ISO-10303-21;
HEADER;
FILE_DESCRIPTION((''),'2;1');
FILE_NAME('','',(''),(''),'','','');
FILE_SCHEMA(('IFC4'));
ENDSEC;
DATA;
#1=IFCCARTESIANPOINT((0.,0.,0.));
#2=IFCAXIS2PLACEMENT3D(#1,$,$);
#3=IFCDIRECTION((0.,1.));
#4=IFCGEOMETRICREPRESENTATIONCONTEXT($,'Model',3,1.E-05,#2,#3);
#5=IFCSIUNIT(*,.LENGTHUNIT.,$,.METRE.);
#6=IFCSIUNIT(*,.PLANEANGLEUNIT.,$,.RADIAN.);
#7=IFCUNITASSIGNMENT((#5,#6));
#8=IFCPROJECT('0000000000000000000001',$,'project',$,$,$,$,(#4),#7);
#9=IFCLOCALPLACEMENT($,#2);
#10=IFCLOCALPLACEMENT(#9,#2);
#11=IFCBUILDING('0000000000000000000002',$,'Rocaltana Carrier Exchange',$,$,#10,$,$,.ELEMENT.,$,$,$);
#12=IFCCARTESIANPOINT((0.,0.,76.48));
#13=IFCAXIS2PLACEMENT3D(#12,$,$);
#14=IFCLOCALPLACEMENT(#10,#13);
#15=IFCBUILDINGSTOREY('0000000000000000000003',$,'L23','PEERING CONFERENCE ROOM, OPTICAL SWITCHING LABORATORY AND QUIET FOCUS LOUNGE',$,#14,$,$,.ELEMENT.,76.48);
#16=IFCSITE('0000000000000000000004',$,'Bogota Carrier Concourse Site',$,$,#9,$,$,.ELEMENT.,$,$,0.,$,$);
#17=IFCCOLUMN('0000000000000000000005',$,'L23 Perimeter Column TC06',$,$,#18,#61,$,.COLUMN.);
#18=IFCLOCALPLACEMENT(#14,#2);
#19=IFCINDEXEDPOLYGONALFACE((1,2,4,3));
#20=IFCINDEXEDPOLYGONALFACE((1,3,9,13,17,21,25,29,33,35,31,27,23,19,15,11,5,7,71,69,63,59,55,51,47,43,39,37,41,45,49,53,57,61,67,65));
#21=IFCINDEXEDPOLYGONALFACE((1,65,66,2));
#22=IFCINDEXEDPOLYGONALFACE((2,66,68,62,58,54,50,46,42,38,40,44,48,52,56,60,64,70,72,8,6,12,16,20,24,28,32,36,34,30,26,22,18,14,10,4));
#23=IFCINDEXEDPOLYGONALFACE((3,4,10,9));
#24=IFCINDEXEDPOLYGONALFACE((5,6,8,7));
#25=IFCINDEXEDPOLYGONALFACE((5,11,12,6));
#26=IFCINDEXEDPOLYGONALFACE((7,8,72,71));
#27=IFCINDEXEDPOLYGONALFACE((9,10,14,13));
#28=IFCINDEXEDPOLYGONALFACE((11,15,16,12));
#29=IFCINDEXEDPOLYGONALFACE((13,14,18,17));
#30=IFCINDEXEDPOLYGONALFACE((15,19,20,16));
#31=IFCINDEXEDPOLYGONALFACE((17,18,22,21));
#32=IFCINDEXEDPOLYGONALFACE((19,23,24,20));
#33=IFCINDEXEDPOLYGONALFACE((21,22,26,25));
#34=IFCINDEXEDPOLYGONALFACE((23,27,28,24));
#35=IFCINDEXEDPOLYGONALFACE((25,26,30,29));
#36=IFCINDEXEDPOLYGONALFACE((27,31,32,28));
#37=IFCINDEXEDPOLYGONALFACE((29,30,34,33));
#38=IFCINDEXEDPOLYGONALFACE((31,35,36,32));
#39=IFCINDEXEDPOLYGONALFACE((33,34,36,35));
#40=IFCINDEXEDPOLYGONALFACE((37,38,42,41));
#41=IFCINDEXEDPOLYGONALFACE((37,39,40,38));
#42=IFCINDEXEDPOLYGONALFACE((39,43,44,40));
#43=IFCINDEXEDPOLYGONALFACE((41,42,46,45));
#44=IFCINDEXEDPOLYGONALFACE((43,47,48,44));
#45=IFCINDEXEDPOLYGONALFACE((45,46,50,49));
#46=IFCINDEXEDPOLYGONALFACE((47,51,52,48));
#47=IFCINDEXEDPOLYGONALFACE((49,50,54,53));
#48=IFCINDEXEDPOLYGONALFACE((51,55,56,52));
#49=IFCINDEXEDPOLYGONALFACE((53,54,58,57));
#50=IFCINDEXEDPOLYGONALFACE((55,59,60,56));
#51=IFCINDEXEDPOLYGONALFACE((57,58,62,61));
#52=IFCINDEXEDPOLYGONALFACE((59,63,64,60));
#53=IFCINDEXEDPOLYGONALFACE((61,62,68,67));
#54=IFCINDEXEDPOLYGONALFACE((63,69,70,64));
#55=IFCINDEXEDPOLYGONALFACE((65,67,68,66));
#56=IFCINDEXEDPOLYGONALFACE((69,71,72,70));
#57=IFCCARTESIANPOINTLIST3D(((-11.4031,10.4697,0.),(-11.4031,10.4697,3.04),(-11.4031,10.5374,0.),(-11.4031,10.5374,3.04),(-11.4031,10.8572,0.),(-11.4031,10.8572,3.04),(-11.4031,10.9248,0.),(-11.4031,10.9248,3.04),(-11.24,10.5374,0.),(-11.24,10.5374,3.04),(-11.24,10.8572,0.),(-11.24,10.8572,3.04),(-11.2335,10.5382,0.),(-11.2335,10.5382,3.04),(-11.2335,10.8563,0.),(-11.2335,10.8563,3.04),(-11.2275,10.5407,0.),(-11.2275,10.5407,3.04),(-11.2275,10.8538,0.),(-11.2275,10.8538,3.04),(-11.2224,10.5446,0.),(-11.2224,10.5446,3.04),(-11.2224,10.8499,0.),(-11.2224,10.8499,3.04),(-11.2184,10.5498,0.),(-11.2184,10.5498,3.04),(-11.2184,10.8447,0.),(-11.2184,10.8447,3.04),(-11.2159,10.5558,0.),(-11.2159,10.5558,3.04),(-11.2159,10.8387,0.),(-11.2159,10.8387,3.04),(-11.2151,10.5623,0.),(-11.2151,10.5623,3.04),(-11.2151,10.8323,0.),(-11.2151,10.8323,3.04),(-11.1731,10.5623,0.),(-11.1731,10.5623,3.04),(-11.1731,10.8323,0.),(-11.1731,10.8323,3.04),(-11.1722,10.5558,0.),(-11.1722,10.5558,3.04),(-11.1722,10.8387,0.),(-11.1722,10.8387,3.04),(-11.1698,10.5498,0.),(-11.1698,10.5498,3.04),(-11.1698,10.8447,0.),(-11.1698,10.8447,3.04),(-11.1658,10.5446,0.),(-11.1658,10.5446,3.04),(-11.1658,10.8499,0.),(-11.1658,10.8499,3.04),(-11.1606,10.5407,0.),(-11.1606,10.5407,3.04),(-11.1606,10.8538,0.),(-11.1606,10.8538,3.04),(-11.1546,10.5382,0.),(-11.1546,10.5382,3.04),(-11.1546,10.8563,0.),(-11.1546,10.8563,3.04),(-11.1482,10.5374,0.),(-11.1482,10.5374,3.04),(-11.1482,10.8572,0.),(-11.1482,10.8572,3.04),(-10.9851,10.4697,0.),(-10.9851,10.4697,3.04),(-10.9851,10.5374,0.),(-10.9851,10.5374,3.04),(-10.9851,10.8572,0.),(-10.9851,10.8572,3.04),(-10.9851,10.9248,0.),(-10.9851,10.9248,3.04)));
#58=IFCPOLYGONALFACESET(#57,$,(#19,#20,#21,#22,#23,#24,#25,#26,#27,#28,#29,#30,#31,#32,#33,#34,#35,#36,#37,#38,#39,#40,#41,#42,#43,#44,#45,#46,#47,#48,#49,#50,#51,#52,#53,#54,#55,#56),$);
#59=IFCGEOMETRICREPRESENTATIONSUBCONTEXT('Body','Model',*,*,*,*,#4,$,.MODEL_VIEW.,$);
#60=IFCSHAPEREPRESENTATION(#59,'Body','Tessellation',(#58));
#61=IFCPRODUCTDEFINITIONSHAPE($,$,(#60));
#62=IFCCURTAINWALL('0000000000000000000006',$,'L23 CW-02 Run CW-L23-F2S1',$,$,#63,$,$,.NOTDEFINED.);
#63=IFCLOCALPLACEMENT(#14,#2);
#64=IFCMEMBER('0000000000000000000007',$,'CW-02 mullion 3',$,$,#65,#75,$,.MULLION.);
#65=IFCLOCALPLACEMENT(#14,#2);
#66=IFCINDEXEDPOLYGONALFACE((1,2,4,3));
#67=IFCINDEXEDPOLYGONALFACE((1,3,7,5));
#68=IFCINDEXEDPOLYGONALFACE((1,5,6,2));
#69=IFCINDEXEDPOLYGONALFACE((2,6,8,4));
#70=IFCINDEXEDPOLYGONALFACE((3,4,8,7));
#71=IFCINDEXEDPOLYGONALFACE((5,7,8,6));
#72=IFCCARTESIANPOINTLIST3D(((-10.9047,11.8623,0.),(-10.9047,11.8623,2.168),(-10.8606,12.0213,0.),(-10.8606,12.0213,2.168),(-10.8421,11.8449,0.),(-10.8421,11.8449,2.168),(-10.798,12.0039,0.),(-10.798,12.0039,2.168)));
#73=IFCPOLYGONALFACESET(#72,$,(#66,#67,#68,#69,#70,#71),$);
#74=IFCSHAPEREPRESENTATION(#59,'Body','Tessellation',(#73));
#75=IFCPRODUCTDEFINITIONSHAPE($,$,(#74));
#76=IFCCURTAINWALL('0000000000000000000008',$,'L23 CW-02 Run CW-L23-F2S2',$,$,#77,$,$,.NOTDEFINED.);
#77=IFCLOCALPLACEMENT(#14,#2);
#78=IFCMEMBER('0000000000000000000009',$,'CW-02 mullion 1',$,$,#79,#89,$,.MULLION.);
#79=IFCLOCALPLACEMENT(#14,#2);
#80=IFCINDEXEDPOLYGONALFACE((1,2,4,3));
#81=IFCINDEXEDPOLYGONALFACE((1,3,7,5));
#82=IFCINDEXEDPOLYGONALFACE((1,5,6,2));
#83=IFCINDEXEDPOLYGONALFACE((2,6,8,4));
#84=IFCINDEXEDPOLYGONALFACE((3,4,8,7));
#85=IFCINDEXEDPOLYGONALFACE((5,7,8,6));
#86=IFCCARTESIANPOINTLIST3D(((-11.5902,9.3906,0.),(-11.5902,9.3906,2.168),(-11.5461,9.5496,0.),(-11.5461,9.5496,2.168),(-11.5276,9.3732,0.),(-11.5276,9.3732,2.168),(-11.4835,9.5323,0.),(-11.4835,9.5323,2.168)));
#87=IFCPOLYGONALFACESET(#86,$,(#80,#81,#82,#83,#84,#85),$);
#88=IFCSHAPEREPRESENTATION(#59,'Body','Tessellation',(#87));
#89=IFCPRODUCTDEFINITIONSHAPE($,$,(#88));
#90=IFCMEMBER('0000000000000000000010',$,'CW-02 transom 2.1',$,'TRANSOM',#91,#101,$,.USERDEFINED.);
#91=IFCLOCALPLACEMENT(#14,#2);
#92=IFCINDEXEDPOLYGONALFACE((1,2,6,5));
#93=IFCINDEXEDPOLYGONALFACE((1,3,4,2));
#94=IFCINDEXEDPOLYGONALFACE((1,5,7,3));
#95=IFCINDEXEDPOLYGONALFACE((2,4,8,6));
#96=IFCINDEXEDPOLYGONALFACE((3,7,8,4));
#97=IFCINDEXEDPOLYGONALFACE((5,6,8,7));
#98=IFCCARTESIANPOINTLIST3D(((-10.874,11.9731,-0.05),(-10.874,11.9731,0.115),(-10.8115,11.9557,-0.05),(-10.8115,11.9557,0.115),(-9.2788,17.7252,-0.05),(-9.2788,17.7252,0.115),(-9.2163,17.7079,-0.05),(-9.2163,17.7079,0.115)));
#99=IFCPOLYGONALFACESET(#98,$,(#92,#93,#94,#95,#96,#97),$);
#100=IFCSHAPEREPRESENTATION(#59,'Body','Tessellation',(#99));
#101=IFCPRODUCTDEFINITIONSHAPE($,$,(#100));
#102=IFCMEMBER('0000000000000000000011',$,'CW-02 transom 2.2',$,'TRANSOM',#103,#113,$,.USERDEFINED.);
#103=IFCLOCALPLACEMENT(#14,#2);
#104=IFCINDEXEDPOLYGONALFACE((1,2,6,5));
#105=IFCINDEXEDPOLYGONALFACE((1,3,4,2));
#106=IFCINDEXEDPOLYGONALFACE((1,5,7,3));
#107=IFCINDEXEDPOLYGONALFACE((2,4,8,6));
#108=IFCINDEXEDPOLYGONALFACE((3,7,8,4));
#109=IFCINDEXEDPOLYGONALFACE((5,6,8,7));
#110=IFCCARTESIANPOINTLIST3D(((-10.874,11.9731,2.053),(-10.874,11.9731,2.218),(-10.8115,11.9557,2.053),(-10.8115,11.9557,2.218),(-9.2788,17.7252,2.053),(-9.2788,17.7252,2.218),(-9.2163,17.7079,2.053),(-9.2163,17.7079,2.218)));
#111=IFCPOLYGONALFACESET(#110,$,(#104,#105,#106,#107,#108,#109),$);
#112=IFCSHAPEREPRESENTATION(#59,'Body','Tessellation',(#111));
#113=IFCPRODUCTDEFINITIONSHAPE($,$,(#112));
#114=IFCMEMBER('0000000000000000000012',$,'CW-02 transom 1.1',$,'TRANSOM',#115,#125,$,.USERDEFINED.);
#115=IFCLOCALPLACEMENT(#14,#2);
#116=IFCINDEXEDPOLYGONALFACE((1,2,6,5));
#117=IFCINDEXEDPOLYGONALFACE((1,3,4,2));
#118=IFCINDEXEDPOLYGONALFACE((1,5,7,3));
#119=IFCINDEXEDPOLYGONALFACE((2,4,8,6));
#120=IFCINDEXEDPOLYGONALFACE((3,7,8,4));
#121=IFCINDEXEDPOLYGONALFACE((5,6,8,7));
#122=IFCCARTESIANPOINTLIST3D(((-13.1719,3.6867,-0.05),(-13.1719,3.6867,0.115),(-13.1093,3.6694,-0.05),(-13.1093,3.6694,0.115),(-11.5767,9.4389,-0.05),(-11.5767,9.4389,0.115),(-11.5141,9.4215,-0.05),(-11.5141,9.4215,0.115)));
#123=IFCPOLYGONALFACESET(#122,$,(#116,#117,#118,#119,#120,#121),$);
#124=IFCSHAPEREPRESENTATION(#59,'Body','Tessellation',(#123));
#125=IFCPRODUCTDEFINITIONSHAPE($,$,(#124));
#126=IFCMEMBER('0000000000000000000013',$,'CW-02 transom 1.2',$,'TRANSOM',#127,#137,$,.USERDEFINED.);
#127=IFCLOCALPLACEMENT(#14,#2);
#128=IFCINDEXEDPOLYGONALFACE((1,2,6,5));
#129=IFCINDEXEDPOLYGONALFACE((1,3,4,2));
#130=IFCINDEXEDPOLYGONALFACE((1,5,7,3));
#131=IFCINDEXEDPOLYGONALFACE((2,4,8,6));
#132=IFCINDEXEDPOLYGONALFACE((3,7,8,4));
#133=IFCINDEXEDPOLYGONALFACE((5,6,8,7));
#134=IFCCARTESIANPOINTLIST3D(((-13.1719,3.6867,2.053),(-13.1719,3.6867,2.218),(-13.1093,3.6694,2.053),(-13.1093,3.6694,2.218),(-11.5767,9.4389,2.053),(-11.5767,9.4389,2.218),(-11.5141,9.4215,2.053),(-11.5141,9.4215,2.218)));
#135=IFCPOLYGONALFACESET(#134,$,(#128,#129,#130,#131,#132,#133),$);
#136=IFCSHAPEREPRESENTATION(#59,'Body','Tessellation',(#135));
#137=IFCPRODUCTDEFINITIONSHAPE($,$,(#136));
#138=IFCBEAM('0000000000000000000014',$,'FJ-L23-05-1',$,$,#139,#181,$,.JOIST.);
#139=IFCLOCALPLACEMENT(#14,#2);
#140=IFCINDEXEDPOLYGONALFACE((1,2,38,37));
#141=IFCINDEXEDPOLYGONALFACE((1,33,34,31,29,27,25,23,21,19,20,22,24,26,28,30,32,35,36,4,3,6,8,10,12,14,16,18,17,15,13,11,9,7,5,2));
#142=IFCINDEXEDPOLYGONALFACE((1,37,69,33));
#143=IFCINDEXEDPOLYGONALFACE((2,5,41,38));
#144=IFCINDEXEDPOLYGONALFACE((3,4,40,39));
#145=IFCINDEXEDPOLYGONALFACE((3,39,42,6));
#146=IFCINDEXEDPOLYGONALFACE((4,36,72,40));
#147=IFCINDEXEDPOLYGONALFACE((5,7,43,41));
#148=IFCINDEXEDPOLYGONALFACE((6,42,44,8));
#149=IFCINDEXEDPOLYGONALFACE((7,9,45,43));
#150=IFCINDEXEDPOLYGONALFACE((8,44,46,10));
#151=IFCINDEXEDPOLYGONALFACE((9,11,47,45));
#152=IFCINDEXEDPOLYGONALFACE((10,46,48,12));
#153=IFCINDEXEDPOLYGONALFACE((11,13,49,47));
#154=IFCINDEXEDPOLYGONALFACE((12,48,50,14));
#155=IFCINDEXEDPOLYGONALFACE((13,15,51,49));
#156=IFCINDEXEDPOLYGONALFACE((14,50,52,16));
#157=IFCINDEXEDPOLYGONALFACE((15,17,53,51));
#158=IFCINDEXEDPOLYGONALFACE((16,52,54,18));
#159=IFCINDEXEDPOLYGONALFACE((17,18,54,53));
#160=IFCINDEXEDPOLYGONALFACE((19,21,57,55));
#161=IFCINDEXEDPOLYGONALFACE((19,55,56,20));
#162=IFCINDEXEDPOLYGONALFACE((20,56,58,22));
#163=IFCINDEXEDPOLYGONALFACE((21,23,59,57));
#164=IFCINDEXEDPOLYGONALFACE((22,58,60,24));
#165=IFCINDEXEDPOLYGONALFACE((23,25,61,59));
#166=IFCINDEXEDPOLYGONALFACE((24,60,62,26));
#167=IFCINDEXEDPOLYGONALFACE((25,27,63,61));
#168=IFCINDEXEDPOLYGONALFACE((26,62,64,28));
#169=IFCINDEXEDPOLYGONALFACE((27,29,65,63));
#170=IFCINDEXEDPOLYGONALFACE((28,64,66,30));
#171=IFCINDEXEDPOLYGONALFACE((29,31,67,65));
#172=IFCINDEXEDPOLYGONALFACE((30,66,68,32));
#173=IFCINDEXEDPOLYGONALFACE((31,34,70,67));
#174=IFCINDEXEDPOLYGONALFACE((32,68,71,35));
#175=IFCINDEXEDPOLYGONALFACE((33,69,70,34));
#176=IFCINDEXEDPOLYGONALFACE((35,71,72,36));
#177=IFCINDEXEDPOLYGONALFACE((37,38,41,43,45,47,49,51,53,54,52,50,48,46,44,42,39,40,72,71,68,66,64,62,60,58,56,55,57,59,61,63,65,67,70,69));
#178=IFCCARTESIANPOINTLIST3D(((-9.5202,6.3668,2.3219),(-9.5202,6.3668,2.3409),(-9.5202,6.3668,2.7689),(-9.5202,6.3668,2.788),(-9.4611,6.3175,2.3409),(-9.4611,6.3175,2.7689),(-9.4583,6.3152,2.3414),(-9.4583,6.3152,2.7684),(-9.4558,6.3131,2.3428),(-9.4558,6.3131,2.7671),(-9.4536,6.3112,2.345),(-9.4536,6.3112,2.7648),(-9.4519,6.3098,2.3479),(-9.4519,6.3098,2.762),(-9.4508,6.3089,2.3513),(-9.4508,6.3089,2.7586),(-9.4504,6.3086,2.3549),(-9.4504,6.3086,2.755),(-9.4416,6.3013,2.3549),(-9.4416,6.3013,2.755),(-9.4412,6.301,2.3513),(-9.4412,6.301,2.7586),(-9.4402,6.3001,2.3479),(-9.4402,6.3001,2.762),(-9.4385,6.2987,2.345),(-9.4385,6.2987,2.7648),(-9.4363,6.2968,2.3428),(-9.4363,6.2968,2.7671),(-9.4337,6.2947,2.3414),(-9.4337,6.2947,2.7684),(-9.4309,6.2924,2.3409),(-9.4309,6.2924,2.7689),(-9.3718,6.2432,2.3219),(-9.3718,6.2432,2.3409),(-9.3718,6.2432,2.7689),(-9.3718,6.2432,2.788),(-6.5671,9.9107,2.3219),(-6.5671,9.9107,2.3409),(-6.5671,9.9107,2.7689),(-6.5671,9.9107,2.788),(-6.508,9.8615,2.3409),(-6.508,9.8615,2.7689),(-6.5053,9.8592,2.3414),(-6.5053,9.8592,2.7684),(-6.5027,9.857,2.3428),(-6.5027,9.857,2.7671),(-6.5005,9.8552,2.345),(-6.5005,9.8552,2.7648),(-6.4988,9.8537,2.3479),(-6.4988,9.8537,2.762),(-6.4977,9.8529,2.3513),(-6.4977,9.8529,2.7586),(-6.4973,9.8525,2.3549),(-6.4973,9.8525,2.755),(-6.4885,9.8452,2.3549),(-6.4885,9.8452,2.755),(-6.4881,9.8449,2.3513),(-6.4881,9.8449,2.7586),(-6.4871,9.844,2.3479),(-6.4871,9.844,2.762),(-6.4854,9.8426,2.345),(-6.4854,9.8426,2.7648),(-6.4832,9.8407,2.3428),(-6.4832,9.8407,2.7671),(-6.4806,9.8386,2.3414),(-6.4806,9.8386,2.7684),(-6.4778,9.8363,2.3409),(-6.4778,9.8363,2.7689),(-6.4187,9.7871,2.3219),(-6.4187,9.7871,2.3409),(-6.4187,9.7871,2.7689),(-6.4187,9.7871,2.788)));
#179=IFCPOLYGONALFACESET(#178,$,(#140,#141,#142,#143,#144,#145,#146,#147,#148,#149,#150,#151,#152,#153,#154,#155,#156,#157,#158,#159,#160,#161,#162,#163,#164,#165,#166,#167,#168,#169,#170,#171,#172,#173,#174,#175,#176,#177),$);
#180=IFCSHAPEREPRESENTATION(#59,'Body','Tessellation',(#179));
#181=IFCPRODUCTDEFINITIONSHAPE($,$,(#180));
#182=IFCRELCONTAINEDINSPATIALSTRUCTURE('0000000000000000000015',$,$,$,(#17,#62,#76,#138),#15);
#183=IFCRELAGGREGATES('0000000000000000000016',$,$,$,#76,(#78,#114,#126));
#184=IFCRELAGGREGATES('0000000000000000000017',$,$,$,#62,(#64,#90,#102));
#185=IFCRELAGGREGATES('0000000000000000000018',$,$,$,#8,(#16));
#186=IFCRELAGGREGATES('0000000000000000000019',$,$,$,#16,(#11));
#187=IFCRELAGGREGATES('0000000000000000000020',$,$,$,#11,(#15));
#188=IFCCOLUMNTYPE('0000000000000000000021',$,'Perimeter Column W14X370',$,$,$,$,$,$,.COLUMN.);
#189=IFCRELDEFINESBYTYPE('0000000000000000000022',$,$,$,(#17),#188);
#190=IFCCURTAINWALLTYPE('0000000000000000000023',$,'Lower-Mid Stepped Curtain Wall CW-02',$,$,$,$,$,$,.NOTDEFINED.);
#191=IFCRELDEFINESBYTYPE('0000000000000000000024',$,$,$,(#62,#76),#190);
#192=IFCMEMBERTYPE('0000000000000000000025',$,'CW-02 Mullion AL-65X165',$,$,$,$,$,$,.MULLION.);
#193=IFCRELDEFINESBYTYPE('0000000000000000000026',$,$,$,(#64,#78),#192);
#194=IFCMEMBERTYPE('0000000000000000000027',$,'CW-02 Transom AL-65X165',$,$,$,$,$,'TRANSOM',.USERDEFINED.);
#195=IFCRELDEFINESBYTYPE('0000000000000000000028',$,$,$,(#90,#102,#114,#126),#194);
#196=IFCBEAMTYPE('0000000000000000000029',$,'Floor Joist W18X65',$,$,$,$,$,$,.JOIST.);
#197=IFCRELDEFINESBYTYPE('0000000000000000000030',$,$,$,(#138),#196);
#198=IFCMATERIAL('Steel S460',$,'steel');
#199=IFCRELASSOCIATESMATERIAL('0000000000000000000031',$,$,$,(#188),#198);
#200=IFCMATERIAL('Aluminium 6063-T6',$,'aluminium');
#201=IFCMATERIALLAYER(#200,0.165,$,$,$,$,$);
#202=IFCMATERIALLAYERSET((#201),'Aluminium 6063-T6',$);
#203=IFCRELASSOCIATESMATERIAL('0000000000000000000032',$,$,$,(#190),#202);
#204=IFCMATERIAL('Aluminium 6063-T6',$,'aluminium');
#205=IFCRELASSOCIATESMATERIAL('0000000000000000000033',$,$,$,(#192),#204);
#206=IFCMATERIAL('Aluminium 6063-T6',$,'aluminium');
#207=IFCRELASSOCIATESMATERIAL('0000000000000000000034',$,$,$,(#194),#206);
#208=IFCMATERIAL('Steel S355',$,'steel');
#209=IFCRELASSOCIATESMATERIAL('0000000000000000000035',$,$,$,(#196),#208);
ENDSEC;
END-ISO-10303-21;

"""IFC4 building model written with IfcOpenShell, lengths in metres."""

from ifc_helpers import new_model, si_unit, direction, frame, origin, origin_2d, place, context, subcontext, project, spatial, rectangle, i_section, extrude, material, layer, layer_set, material_profile, profile_set, type_object, element, aggregate, save


model = new_model("IFC4")

# Units and contexts
model_context = context("Model", 3, precision=1e-05, world=origin(), true_north=direction((0.0, 1.0)))
body_context = subcontext(model_context, "Body", "Model", "MODEL_VIEW")
ifc_project = project(units=[si_unit("LENGTHUNIT", "METRE"), si_unit("PLANEANGLEUNIT", "RADIAN")], contexts=[model_context])

# Site, building, storey
site_placement = place(None, origin())
site = spatial("IfcSite", under=ifc_project, at=site_placement, Name="Bogota Carrier Concourse Site", CompositionType="ELEMENT", RefElevation=0.0)
building_placement = place(site_placement, origin())
building = spatial("IfcBuilding", under=site, at=building_placement, Name="Rocaltana Carrier Exchange", CompositionType="ELEMENT")
storey_placement = place(building_placement, frame((0.0, 0.0, 76.48)))
storey = spatial("IfcBuildingStorey", under=building, at=storey_placement, Name="L23", Description="PEERING CONFERENCE ROOM, OPTICAL SWITCHING LABORATORY AND QUIET FOCUS LOUNGE", CompositionType="ELEMENT", Elevation=76.48)

# Column
ifc_material_1 = material(Name="Steel S460", Category="steel")
ifc_material_profile_1 = material_profile(ifc_material_1, i_section(OverallWidth=0.418, OverallDepth=0.4551, WebThickness=0.042, FlangeThickness=0.0676, FilletRadius=0.0249, at=origin_2d()), Name="W14X370")
ifc_profile_set_1 = profile_set([ifc_material_profile_1], Name="Steel S460")
column_type = type_object("IfcColumnType", Name="Perimeter Column W14X370", PredefinedType="COLUMN", material=ifc_profile_set_1)
column_placement = place(storey_placement, frame((-11.1941, 10.6973, 0.0), z_axis=(0.0, 0.0, 1.0), x_axis=(1.0, 0.0, 0.0)))
element("IfcColumn", 1, at=column_placement, inside=storey, type_object=column_type, Name="L23 Perimeter Column TC06", PredefinedType="COLUMN", context=body_context, shape_type="SweptSolid", body=[
    extrude(i_section(OverallWidth=0.418, OverallDepth=0.4551, WebThickness=0.042, FlangeThickness=0.0676, FilletRadius=0.0249, at=origin_2d()), origin(), (0.0, 0.0, 1.0), 3.04),
])

# Curtain walls, members
ifc_material_2 = material(Name="Aluminium 6063-T6", Category="aluminium")
ifc_layer_1 = layer(ifc_material_2, 0.165)
ifc_layer_set_1 = layer_set([ifc_layer_1], Name="Aluminium 6063-T6")
curtain_wall_type = type_object("IfcCurtainWallType", Name="Lower-Mid Stepped Curtain Wall CW-02", PredefinedType="NOTDEFINED", material=ifc_layer_set_1)
curtain_wall_1_placement = place(storey_placement, origin())
curtain_wall_1 = element("IfcCurtainWall", 2, at=curtain_wall_1_placement, inside=storey, type_object=curtain_wall_type, Name="L23 CW-02 Run CW-L23-F2S1", PredefinedType="NOTDEFINED")
ifc_material_3 = material(Name="Aluminium 6063-T6", Category="aluminium")
ifc_material_profile_2 = material_profile(ifc_material_3, rectangle(XDim=0.0649, YDim=0.165, at=origin_2d()), Name="AL-65X165")
ifc_profile_set_2 = profile_set([ifc_material_profile_2], Name="Aluminium 6063-T6")
member_type_1 = type_object("IfcMemberType", Name="CW-02 Mullion AL-65X165", PredefinedType="MULLION", material=ifc_profile_set_2)
member_1_placement = place(storey_placement, frame((-10.8513, 11.9331, 0.0), z_axis=(0.0, 0.0, 1.0), x_axis=(0.963628, -0.267246, 0.0)))
member_1 = element("IfcMember", 3, at=member_1_placement, type_object=member_type_1, Name="CW-02 mullion 3", PredefinedType="MULLION", context=body_context, shape_type="SweptSolid", body=[
    extrude(rectangle(XDim=0.0649, YDim=0.165, at=origin_2d()), origin(), (0.0, 0.0, 1.0), 2.168),
])
curtain_wall_2_placement = place(storey_placement, origin())
curtain_wall_2 = element("IfcCurtainWall", 4, at=curtain_wall_2_placement, inside=storey, type_object=curtain_wall_type, Name="L23 CW-02 Run CW-L23-F2S2", PredefinedType="NOTDEFINED")
member_2_placement = place(storey_placement, frame((-11.5369, 9.4614, 0.0), z_axis=(0.0, 0.0, 1.0), x_axis=(0.963631, -0.267238, 0.0)))
member_2 = element("IfcMember", 5, at=member_2_placement, type_object=member_type_1, Name="CW-02 mullion 1", PredefinedType="MULLION", context=body_context, shape_type="SweptSolid", body=[
    extrude(rectangle(XDim=0.0649, YDim=0.165, at=origin_2d()), origin(), (0.0, 0.0, 1.0), 2.168),
])

# Members
ifc_material_4 = material(Name="Aluminium 6063-T6", Category="aluminium")
ifc_material_profile_3 = material_profile(ifc_material_4, rectangle(XDim=0.0649, YDim=0.165, at=origin_2d()), Name="AL-65X165")
ifc_profile_set_3 = profile_set([ifc_material_profile_3], Name="Aluminium 6063-T6")
member_type_2 = type_object("IfcMemberType", Name="CW-02 Transom AL-65X165", ElementType="TRANSOM", PredefinedType="USERDEFINED", material=ifc_profile_set_3)
member_3_placement = place(storey_placement, frame((-9.2476, 17.7166, 0.0325), z_axis=(-0.267237, -0.963631, 0.0), x_axis=(0.963631, -0.267237, 0.0)))
member_3 = element("IfcMember", 6, at=member_3_placement, type_object=member_type_2, Name="CW-02 transom 2.1", ObjectType="TRANSOM", PredefinedType="USERDEFINED", context=body_context, shape_type="SweptSolid", body=[
    extrude(rectangle(XDim=0.0649, YDim=0.165, at=origin_2d()), origin(), (0.0, 0.0, 1.0), 5.9692),
])
member_4_placement = place(storey_placement, frame((-9.2476, 17.7166, 2.1355), z_axis=(-0.267237, -0.963631, 0.0), x_axis=(0.963631, -0.267237, 0.0)))
member_4 = element("IfcMember", 7, at=member_4_placement, type_object=member_type_2, Name="CW-02 transom 2.2", ObjectType="TRANSOM", PredefinedType="USERDEFINED", context=body_context, shape_type="SweptSolid", body=[
    extrude(rectangle(XDim=0.0649, YDim=0.165, at=origin_2d()), origin(), (0.0, 0.0, 1.0), 5.9692),
])
member_5_placement = place(storey_placement, frame((-11.5454, 9.4302, 0.0325), z_axis=(-0.267237, -0.963631, 0.0), x_axis=(0.963631, -0.267237, 0.0)))
member_5 = element("IfcMember", 8, at=member_5_placement, type_object=member_type_2, Name="CW-02 transom 1.1", ObjectType="TRANSOM", PredefinedType="USERDEFINED", context=body_context, shape_type="SweptSolid", body=[
    extrude(rectangle(XDim=0.0649, YDim=0.165, at=origin_2d()), origin(), (0.0, 0.0, 1.0), 5.9692),
])
member_6_placement = place(storey_placement, frame((-11.5454, 9.4302, 2.1355), z_axis=(-0.267237, -0.963631, 0.0), x_axis=(0.963631, -0.267237, 0.0)))
member_6 = element("IfcMember", 9, at=member_6_placement, type_object=member_type_2, Name="CW-02 transom 1.2", ObjectType="TRANSOM", PredefinedType="USERDEFINED", context=body_context, shape_type="SweptSolid", body=[
    extrude(rectangle(XDim=0.0649, YDim=0.165, at=origin_2d()), origin(), (0.0, 0.0, 1.0), 5.9692),
])
aggregate(curtain_wall_2, [member_2, member_5, member_6])

# Beam
ifc_material_5 = material(Name="Steel S355", Category="steel")
ifc_material_profile_4 = material_profile(ifc_material_5, i_section(OverallWidth=0.1931, OverallDepth=0.4661, WebThickness=0.0115, FlangeThickness=0.019, FilletRadius=0.0139, at=origin_2d()), Name="W18X65")
ifc_profile_set_4 = profile_set([ifc_material_profile_4], Name="Steel S355")
beam_type_1 = type_object("IfcBeamType", Name="Floor Joist W18X65", PredefinedType="JOIST", material=ifc_profile_set_4)
beam_1_placement = place(storey_placement, frame((-6.4929, 9.8489, 2.5549), z_axis=(-0.640164, -0.768239, 0.0), x_axis=(0.768239, -0.640164, 0.0)))
element("IfcBeam", 10, at=beam_1_placement, inside=storey, type_object=beam_type_1, Name="FJ-L23-05-1", PredefinedType="JOIST", context=body_context, shape_type="SweptSolid", body=[
    extrude(i_section(OverallWidth=0.1931, OverallDepth=0.4661, WebThickness=0.0115, FlangeThickness=0.019, FilletRadius=0.0139, at=origin_2d()), origin(), (0.0, 0.0, 1.0), 4.613),
])

aggregate(curtain_wall_1, [member_1, member_3, member_4])

save(model, "model.ifc")
